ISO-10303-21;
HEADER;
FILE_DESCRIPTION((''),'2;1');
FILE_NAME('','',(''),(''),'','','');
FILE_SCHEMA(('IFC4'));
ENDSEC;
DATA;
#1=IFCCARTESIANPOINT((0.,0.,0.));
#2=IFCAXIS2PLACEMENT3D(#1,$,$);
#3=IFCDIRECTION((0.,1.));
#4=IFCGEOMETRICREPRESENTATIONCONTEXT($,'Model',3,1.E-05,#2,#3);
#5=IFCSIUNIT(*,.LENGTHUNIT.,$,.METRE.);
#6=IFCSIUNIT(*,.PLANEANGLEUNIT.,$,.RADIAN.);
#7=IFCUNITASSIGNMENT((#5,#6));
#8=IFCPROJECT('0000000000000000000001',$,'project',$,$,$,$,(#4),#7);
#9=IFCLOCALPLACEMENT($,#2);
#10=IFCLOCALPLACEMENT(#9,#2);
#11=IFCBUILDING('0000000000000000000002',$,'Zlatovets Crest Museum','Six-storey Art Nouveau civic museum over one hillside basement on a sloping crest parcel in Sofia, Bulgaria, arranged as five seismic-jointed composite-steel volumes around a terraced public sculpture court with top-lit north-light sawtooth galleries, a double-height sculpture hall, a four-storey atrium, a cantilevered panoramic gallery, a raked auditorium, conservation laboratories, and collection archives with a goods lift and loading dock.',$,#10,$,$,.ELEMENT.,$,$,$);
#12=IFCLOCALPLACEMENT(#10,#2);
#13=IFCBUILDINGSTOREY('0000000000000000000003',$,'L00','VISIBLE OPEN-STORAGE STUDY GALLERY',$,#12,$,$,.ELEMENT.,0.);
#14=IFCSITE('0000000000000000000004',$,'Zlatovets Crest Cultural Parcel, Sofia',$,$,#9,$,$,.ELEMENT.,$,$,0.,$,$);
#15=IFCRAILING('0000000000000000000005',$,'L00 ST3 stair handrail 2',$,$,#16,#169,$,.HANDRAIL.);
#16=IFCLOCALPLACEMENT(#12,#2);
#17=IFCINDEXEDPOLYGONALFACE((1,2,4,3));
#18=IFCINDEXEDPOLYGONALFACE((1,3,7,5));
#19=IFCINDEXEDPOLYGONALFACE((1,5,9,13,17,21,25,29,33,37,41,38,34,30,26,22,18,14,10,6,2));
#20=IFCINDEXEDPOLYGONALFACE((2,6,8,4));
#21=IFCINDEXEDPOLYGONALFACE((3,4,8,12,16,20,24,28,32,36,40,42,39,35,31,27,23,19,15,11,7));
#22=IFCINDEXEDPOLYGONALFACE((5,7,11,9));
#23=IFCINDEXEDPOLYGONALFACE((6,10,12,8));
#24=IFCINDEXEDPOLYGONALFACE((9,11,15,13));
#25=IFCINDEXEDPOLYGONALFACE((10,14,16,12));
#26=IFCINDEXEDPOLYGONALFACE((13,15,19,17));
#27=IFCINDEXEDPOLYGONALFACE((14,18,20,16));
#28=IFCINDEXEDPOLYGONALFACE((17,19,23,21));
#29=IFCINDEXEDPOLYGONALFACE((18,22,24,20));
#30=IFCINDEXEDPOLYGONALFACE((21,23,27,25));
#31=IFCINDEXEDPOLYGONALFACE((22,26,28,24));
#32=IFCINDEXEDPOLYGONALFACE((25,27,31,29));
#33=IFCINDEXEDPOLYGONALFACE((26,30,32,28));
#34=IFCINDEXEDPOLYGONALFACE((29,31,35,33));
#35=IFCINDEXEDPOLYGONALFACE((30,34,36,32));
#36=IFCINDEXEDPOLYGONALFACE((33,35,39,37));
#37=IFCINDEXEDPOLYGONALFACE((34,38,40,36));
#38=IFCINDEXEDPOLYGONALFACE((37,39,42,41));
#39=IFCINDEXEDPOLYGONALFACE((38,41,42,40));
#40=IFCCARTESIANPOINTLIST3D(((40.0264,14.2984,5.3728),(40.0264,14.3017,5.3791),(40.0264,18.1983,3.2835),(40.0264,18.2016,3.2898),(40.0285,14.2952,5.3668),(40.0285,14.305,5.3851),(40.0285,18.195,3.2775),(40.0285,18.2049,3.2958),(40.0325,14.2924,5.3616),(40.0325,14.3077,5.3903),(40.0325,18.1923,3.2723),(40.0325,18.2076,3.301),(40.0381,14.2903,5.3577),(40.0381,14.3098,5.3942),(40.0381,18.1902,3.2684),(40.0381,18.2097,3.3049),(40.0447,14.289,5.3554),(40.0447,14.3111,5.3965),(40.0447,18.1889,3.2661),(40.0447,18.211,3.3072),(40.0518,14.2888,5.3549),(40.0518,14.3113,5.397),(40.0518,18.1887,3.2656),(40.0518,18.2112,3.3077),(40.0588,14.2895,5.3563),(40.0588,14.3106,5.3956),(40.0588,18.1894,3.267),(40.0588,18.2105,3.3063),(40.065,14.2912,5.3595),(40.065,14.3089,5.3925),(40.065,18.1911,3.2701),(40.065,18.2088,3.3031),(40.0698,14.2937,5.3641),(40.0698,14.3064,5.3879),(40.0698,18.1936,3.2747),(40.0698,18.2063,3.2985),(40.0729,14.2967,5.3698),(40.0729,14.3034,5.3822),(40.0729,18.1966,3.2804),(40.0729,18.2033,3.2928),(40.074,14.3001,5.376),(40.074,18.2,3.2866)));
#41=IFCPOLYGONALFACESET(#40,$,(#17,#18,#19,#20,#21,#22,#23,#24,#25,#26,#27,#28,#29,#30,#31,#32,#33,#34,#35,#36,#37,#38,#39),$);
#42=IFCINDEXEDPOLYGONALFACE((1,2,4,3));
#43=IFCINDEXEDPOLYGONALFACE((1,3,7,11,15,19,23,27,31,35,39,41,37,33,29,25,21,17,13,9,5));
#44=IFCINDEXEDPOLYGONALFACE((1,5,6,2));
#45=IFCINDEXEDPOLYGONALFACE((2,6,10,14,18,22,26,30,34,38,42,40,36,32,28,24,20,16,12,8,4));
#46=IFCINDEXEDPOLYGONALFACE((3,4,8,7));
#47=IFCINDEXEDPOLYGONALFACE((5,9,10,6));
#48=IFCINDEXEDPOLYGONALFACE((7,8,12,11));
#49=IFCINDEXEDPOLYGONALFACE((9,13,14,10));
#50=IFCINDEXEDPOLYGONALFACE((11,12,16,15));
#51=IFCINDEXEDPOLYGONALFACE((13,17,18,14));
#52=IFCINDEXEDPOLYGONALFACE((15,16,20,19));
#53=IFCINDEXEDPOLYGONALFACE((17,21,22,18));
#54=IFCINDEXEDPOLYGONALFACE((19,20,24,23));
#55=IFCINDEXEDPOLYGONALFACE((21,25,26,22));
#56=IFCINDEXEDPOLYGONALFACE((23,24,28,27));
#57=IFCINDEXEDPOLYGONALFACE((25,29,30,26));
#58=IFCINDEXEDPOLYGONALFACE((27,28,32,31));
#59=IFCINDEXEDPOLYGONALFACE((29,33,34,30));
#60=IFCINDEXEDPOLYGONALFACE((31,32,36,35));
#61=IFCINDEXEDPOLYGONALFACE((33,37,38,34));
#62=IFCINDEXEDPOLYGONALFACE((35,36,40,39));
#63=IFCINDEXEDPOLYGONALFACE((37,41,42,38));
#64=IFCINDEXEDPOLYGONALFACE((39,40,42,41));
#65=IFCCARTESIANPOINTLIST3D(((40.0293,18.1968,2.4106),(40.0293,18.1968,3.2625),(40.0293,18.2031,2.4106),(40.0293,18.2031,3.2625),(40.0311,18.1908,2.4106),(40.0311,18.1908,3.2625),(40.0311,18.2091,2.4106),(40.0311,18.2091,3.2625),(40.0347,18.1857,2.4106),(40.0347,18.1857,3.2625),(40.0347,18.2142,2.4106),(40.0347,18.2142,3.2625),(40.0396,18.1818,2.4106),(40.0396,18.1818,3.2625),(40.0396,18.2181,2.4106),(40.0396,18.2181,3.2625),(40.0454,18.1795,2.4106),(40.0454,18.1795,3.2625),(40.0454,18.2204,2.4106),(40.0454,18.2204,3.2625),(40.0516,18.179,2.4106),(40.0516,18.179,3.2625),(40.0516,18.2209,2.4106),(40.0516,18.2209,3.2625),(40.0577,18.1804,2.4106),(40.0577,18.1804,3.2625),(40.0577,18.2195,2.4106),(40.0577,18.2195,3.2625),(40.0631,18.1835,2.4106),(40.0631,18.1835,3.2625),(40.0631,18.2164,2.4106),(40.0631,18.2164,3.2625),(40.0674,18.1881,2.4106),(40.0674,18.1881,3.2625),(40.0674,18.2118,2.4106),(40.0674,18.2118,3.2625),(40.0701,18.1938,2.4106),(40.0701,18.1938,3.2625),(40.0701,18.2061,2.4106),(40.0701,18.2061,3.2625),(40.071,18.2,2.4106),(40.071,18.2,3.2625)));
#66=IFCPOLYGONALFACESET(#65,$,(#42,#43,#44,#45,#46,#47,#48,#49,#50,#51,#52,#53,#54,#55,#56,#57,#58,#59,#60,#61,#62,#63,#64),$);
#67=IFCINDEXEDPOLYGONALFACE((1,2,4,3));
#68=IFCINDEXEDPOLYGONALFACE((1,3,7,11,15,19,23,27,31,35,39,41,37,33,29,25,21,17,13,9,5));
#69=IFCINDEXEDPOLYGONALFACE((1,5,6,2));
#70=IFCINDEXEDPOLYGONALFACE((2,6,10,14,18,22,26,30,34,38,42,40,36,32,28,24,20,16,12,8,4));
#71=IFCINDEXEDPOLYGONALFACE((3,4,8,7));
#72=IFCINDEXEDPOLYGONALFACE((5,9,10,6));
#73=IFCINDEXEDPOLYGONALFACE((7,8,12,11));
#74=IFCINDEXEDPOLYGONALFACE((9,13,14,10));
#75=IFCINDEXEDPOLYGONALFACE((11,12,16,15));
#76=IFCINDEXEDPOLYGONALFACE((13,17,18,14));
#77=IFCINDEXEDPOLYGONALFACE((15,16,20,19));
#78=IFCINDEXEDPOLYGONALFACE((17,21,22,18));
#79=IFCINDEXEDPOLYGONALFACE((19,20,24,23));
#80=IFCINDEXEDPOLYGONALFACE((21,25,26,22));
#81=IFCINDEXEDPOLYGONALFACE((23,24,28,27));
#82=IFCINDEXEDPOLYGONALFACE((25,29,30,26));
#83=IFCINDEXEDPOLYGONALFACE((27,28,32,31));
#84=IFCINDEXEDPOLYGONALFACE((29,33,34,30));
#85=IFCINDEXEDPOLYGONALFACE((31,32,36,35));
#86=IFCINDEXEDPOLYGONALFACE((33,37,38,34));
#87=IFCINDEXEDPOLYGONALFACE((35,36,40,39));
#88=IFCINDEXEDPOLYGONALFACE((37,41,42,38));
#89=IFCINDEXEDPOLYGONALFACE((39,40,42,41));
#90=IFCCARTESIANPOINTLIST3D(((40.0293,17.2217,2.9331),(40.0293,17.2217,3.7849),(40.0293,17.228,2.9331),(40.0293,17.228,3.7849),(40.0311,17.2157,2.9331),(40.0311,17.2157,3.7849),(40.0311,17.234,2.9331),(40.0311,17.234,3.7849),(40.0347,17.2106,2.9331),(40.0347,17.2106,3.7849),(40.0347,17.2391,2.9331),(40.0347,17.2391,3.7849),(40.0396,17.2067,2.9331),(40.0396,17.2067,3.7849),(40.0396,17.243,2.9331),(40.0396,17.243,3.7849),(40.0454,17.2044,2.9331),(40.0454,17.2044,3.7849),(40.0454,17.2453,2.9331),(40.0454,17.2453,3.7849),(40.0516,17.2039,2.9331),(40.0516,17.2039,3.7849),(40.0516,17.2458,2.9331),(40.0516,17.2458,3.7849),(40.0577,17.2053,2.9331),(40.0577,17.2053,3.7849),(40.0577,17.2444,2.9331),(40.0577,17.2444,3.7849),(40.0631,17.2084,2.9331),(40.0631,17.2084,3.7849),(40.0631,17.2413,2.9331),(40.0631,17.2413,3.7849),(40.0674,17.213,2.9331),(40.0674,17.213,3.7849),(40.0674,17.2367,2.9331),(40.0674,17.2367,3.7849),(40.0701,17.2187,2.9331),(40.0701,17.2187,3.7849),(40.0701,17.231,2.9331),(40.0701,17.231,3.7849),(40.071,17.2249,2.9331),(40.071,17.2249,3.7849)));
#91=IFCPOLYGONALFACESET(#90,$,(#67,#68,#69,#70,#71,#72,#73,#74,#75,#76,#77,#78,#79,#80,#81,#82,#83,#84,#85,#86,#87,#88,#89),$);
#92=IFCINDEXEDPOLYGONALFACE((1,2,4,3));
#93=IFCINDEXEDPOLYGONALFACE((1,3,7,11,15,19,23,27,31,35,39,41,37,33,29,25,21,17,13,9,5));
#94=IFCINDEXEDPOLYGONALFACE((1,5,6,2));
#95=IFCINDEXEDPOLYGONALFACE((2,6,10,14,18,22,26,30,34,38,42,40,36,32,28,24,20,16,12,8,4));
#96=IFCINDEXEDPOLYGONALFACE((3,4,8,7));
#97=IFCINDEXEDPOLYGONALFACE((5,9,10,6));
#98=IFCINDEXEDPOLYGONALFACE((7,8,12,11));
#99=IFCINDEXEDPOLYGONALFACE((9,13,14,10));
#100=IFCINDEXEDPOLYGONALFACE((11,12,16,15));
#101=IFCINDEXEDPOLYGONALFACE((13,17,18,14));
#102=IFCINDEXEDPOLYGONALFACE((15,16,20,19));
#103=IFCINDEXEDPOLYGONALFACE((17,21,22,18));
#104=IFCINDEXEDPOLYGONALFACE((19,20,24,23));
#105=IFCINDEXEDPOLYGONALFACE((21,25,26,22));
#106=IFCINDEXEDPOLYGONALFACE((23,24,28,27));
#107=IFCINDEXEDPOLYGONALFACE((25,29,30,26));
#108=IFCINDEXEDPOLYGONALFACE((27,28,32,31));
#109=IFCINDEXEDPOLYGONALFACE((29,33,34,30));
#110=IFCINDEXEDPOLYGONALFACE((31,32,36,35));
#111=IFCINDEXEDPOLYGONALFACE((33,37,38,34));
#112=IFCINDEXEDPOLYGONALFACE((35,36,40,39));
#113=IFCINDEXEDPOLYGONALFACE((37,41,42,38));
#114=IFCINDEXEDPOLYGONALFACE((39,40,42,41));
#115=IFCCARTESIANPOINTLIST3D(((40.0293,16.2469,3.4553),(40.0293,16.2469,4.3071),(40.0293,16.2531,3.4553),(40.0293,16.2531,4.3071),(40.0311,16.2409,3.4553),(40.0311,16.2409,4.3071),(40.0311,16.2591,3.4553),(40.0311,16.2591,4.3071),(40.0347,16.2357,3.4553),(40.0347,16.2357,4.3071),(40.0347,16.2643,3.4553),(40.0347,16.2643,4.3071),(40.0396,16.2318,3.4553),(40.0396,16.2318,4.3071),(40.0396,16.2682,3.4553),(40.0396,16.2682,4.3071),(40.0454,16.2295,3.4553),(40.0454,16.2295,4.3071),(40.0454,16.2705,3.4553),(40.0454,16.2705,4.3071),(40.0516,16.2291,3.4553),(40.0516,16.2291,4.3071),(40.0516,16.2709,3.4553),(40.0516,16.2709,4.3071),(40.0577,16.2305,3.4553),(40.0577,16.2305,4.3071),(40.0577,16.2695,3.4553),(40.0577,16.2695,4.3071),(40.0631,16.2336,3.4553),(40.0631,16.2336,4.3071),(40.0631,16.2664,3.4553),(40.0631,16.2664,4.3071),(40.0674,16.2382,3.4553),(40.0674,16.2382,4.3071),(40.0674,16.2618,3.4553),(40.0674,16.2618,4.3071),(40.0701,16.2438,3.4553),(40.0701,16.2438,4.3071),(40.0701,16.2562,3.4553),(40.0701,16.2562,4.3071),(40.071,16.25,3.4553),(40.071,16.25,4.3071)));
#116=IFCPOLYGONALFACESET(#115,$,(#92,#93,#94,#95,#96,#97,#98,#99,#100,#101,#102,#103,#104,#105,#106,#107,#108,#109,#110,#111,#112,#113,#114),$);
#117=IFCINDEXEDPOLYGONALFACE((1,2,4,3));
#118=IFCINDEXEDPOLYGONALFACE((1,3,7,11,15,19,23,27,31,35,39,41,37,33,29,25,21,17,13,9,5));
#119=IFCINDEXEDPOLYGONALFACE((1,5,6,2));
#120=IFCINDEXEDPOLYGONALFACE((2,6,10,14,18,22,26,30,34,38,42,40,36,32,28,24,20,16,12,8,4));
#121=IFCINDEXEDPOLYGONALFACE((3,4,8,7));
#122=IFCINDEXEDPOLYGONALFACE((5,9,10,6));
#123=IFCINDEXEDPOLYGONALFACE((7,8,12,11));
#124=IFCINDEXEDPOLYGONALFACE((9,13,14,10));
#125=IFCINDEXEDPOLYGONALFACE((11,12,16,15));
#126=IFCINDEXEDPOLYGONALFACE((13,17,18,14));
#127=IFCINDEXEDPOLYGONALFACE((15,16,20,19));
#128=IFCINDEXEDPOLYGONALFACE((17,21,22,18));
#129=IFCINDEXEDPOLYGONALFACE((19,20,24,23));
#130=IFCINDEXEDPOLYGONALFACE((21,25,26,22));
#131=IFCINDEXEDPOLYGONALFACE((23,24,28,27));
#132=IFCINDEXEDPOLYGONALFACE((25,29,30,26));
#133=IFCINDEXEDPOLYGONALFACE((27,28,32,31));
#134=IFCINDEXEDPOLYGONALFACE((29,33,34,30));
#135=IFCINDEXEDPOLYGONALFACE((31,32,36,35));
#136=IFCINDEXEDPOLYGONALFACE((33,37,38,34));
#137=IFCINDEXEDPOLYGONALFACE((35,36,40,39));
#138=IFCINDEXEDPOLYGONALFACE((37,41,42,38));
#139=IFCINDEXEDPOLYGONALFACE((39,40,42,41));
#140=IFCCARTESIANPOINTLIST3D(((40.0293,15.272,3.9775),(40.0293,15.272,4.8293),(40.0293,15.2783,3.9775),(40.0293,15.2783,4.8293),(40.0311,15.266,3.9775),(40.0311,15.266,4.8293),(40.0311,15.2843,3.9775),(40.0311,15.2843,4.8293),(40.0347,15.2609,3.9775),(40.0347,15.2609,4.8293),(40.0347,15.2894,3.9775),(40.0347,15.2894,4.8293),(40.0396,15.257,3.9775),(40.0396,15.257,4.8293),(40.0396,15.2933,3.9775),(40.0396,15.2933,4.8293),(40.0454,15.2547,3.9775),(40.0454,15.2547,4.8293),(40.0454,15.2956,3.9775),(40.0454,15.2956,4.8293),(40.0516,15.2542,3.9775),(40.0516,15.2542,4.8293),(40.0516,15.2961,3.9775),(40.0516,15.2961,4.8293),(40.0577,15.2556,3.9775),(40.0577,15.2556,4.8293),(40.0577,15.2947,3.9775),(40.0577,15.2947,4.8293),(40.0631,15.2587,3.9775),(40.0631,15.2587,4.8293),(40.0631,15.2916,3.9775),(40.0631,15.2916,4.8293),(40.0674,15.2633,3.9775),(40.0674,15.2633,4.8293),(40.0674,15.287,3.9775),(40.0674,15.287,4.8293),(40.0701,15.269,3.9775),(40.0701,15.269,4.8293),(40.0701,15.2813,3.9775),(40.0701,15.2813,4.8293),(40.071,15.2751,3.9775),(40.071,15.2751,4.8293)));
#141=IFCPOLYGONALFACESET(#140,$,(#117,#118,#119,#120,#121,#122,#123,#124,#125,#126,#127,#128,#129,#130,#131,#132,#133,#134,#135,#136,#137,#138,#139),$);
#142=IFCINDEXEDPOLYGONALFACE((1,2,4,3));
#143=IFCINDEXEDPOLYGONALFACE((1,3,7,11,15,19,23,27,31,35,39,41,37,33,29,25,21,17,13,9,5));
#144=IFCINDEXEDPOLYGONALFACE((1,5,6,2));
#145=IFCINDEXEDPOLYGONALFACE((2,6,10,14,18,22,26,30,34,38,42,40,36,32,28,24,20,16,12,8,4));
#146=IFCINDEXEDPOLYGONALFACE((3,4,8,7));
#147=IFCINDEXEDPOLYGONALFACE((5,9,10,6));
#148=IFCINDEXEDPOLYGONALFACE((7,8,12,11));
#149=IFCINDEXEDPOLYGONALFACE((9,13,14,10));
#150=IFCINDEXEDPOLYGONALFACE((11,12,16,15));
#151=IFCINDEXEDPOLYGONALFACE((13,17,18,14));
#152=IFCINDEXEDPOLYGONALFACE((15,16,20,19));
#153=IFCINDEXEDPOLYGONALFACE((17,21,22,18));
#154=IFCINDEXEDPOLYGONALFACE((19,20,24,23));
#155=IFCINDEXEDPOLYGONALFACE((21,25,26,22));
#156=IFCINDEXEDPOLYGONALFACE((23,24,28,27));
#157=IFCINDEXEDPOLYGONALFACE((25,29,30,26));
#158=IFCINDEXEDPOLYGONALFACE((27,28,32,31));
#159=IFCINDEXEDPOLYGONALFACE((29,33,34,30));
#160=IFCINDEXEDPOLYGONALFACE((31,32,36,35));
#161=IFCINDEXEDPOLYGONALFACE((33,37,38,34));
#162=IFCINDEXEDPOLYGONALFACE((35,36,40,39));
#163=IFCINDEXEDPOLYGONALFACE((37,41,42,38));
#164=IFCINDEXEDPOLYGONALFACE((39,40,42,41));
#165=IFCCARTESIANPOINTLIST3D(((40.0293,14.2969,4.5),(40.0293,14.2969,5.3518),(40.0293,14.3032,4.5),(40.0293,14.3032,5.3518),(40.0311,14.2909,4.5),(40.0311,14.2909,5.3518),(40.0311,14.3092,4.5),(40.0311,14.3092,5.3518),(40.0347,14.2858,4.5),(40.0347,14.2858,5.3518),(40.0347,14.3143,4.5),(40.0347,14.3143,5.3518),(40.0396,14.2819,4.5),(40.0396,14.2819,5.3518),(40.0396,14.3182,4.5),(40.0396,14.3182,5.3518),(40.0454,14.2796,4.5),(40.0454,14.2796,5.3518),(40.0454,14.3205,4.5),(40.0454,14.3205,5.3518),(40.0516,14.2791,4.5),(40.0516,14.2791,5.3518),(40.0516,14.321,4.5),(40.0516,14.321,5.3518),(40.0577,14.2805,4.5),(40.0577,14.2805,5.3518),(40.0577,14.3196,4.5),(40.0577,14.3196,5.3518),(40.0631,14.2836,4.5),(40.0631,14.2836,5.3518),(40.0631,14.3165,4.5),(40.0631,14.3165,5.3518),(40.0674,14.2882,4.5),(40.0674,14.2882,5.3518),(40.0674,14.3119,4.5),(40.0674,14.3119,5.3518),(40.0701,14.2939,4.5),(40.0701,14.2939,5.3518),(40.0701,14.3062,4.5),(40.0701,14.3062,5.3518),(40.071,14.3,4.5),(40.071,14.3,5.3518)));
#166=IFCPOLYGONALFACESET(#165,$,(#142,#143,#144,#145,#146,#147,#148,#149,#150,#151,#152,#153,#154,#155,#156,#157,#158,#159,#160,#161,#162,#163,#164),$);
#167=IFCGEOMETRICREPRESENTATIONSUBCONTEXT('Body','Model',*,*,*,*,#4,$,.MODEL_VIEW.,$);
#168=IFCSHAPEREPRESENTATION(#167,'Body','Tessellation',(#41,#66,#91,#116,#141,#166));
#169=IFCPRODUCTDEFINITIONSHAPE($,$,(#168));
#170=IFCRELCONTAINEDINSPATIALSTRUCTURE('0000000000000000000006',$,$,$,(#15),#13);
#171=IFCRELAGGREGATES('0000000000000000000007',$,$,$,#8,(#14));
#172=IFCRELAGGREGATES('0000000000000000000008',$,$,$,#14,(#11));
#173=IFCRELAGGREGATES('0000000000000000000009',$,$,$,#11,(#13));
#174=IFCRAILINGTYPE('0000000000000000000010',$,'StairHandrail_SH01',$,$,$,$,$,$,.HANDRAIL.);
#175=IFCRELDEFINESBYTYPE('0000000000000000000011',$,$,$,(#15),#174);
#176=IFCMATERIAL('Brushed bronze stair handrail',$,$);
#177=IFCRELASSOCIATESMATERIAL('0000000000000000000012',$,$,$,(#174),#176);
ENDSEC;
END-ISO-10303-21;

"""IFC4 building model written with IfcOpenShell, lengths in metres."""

from ifc_helpers import new_model, si_unit, direction, frame, origin, origin_2d, place, context, subcontext, project, spatial, circle, extrude, material, type_object, element, save


model = new_model("IFC4")

# Units and contexts
model_context = context("Model", 3, precision=1e-05, world=origin(), true_north=direction((0.0, 1.0)))
body_context = subcontext(model_context, "Body", "Model", "MODEL_VIEW")
ifc_project = project(units=[si_unit("LENGTHUNIT", "METRE"), si_unit("PLANEANGLEUNIT", "RADIAN")], contexts=[model_context])

# Site, building, storey
site_placement = place(None, origin())
site = spatial("IfcSite", under=ifc_project, at=site_placement, Name="Zlatovets Crest Cultural Parcel, Sofia", CompositionType="ELEMENT", RefElevation=0.0)
building_placement = place(site_placement, origin())
building = spatial("IfcBuilding", under=site, at=building_placement, Name="Zlatovets Crest Museum", Description="Six-storey Art Nouveau civic museum over one hillside basement on a sloping crest parcel in Sofia, Bulgaria, arranged as five seismic-jointed composite-steel volumes around a terraced public sculpture court with top-lit north-light sawtooth galleries, a double-height sculpture hall, a four-storey atrium, a cantilevered panoramic gallery, a raked auditorium, conservation laboratories, and collection archives with a goods lift and loading dock.", CompositionType="ELEMENT")
storey_placement = place(building_placement, origin())
storey = spatial("IfcBuildingStorey", under=building, at=storey_placement, Name="L00", Description="VISIBLE OPEN-STORAGE STUDY GALLERY", CompositionType="ELEMENT", Elevation=0.0)

# Railing
ifc_material_1 = material(Name="Brushed bronze stair handrail")
railing_type_1 = type_object("IfcRailingType", Name="StairHandrail_SH01", PredefinedType="HANDRAIL", material=ifc_material_1)
railing_1_placement = place(storey_placement, frame((40.05, 18.2, 2.4106)))
element("IfcRailing", 1, at=railing_1_placement, inside=storey, type_object=railing_type_1, Name="L00 ST3 stair handrail 2", PredefinedType="HANDRAIL", context=body_context, shape_type="SweptSolid", body=[
    extrude(circle(Radius=0.0239, at=origin_2d()), frame((0.0, 0.0, 0.876), z_axis=(0.0, -0.881468, 0.472243), x_axis=(1.0, 0.0, 0.0)), (0.0, 0.0, 1.0), 4.4243),
    extrude(circle(Radius=0.021, at=origin_2d()), origin(), (0.0, 0.0, 1.0), 0.8518),
    extrude(circle(Radius=0.021, at=origin_2d()), frame((0.0, -0.9751, 0.5225)), (0.0, 0.0, 1.0), 0.8518),
    extrude(circle(Radius=0.021, at=origin_2d()), frame((0.0, -1.95, 1.0447)), (0.0, 0.0, 1.0), 0.8518),
    extrude(circle(Radius=0.021, at=origin_2d()), frame((0.0, -2.9248, 1.5669)), (0.0, 0.0, 1.0), 0.8518),
    extrude(circle(Radius=0.021, at=origin_2d()), frame((0.0, -3.8999, 2.0894)), (0.0, 0.0, 1.0), 0.8518),
])

save(model, "model.ifc")
